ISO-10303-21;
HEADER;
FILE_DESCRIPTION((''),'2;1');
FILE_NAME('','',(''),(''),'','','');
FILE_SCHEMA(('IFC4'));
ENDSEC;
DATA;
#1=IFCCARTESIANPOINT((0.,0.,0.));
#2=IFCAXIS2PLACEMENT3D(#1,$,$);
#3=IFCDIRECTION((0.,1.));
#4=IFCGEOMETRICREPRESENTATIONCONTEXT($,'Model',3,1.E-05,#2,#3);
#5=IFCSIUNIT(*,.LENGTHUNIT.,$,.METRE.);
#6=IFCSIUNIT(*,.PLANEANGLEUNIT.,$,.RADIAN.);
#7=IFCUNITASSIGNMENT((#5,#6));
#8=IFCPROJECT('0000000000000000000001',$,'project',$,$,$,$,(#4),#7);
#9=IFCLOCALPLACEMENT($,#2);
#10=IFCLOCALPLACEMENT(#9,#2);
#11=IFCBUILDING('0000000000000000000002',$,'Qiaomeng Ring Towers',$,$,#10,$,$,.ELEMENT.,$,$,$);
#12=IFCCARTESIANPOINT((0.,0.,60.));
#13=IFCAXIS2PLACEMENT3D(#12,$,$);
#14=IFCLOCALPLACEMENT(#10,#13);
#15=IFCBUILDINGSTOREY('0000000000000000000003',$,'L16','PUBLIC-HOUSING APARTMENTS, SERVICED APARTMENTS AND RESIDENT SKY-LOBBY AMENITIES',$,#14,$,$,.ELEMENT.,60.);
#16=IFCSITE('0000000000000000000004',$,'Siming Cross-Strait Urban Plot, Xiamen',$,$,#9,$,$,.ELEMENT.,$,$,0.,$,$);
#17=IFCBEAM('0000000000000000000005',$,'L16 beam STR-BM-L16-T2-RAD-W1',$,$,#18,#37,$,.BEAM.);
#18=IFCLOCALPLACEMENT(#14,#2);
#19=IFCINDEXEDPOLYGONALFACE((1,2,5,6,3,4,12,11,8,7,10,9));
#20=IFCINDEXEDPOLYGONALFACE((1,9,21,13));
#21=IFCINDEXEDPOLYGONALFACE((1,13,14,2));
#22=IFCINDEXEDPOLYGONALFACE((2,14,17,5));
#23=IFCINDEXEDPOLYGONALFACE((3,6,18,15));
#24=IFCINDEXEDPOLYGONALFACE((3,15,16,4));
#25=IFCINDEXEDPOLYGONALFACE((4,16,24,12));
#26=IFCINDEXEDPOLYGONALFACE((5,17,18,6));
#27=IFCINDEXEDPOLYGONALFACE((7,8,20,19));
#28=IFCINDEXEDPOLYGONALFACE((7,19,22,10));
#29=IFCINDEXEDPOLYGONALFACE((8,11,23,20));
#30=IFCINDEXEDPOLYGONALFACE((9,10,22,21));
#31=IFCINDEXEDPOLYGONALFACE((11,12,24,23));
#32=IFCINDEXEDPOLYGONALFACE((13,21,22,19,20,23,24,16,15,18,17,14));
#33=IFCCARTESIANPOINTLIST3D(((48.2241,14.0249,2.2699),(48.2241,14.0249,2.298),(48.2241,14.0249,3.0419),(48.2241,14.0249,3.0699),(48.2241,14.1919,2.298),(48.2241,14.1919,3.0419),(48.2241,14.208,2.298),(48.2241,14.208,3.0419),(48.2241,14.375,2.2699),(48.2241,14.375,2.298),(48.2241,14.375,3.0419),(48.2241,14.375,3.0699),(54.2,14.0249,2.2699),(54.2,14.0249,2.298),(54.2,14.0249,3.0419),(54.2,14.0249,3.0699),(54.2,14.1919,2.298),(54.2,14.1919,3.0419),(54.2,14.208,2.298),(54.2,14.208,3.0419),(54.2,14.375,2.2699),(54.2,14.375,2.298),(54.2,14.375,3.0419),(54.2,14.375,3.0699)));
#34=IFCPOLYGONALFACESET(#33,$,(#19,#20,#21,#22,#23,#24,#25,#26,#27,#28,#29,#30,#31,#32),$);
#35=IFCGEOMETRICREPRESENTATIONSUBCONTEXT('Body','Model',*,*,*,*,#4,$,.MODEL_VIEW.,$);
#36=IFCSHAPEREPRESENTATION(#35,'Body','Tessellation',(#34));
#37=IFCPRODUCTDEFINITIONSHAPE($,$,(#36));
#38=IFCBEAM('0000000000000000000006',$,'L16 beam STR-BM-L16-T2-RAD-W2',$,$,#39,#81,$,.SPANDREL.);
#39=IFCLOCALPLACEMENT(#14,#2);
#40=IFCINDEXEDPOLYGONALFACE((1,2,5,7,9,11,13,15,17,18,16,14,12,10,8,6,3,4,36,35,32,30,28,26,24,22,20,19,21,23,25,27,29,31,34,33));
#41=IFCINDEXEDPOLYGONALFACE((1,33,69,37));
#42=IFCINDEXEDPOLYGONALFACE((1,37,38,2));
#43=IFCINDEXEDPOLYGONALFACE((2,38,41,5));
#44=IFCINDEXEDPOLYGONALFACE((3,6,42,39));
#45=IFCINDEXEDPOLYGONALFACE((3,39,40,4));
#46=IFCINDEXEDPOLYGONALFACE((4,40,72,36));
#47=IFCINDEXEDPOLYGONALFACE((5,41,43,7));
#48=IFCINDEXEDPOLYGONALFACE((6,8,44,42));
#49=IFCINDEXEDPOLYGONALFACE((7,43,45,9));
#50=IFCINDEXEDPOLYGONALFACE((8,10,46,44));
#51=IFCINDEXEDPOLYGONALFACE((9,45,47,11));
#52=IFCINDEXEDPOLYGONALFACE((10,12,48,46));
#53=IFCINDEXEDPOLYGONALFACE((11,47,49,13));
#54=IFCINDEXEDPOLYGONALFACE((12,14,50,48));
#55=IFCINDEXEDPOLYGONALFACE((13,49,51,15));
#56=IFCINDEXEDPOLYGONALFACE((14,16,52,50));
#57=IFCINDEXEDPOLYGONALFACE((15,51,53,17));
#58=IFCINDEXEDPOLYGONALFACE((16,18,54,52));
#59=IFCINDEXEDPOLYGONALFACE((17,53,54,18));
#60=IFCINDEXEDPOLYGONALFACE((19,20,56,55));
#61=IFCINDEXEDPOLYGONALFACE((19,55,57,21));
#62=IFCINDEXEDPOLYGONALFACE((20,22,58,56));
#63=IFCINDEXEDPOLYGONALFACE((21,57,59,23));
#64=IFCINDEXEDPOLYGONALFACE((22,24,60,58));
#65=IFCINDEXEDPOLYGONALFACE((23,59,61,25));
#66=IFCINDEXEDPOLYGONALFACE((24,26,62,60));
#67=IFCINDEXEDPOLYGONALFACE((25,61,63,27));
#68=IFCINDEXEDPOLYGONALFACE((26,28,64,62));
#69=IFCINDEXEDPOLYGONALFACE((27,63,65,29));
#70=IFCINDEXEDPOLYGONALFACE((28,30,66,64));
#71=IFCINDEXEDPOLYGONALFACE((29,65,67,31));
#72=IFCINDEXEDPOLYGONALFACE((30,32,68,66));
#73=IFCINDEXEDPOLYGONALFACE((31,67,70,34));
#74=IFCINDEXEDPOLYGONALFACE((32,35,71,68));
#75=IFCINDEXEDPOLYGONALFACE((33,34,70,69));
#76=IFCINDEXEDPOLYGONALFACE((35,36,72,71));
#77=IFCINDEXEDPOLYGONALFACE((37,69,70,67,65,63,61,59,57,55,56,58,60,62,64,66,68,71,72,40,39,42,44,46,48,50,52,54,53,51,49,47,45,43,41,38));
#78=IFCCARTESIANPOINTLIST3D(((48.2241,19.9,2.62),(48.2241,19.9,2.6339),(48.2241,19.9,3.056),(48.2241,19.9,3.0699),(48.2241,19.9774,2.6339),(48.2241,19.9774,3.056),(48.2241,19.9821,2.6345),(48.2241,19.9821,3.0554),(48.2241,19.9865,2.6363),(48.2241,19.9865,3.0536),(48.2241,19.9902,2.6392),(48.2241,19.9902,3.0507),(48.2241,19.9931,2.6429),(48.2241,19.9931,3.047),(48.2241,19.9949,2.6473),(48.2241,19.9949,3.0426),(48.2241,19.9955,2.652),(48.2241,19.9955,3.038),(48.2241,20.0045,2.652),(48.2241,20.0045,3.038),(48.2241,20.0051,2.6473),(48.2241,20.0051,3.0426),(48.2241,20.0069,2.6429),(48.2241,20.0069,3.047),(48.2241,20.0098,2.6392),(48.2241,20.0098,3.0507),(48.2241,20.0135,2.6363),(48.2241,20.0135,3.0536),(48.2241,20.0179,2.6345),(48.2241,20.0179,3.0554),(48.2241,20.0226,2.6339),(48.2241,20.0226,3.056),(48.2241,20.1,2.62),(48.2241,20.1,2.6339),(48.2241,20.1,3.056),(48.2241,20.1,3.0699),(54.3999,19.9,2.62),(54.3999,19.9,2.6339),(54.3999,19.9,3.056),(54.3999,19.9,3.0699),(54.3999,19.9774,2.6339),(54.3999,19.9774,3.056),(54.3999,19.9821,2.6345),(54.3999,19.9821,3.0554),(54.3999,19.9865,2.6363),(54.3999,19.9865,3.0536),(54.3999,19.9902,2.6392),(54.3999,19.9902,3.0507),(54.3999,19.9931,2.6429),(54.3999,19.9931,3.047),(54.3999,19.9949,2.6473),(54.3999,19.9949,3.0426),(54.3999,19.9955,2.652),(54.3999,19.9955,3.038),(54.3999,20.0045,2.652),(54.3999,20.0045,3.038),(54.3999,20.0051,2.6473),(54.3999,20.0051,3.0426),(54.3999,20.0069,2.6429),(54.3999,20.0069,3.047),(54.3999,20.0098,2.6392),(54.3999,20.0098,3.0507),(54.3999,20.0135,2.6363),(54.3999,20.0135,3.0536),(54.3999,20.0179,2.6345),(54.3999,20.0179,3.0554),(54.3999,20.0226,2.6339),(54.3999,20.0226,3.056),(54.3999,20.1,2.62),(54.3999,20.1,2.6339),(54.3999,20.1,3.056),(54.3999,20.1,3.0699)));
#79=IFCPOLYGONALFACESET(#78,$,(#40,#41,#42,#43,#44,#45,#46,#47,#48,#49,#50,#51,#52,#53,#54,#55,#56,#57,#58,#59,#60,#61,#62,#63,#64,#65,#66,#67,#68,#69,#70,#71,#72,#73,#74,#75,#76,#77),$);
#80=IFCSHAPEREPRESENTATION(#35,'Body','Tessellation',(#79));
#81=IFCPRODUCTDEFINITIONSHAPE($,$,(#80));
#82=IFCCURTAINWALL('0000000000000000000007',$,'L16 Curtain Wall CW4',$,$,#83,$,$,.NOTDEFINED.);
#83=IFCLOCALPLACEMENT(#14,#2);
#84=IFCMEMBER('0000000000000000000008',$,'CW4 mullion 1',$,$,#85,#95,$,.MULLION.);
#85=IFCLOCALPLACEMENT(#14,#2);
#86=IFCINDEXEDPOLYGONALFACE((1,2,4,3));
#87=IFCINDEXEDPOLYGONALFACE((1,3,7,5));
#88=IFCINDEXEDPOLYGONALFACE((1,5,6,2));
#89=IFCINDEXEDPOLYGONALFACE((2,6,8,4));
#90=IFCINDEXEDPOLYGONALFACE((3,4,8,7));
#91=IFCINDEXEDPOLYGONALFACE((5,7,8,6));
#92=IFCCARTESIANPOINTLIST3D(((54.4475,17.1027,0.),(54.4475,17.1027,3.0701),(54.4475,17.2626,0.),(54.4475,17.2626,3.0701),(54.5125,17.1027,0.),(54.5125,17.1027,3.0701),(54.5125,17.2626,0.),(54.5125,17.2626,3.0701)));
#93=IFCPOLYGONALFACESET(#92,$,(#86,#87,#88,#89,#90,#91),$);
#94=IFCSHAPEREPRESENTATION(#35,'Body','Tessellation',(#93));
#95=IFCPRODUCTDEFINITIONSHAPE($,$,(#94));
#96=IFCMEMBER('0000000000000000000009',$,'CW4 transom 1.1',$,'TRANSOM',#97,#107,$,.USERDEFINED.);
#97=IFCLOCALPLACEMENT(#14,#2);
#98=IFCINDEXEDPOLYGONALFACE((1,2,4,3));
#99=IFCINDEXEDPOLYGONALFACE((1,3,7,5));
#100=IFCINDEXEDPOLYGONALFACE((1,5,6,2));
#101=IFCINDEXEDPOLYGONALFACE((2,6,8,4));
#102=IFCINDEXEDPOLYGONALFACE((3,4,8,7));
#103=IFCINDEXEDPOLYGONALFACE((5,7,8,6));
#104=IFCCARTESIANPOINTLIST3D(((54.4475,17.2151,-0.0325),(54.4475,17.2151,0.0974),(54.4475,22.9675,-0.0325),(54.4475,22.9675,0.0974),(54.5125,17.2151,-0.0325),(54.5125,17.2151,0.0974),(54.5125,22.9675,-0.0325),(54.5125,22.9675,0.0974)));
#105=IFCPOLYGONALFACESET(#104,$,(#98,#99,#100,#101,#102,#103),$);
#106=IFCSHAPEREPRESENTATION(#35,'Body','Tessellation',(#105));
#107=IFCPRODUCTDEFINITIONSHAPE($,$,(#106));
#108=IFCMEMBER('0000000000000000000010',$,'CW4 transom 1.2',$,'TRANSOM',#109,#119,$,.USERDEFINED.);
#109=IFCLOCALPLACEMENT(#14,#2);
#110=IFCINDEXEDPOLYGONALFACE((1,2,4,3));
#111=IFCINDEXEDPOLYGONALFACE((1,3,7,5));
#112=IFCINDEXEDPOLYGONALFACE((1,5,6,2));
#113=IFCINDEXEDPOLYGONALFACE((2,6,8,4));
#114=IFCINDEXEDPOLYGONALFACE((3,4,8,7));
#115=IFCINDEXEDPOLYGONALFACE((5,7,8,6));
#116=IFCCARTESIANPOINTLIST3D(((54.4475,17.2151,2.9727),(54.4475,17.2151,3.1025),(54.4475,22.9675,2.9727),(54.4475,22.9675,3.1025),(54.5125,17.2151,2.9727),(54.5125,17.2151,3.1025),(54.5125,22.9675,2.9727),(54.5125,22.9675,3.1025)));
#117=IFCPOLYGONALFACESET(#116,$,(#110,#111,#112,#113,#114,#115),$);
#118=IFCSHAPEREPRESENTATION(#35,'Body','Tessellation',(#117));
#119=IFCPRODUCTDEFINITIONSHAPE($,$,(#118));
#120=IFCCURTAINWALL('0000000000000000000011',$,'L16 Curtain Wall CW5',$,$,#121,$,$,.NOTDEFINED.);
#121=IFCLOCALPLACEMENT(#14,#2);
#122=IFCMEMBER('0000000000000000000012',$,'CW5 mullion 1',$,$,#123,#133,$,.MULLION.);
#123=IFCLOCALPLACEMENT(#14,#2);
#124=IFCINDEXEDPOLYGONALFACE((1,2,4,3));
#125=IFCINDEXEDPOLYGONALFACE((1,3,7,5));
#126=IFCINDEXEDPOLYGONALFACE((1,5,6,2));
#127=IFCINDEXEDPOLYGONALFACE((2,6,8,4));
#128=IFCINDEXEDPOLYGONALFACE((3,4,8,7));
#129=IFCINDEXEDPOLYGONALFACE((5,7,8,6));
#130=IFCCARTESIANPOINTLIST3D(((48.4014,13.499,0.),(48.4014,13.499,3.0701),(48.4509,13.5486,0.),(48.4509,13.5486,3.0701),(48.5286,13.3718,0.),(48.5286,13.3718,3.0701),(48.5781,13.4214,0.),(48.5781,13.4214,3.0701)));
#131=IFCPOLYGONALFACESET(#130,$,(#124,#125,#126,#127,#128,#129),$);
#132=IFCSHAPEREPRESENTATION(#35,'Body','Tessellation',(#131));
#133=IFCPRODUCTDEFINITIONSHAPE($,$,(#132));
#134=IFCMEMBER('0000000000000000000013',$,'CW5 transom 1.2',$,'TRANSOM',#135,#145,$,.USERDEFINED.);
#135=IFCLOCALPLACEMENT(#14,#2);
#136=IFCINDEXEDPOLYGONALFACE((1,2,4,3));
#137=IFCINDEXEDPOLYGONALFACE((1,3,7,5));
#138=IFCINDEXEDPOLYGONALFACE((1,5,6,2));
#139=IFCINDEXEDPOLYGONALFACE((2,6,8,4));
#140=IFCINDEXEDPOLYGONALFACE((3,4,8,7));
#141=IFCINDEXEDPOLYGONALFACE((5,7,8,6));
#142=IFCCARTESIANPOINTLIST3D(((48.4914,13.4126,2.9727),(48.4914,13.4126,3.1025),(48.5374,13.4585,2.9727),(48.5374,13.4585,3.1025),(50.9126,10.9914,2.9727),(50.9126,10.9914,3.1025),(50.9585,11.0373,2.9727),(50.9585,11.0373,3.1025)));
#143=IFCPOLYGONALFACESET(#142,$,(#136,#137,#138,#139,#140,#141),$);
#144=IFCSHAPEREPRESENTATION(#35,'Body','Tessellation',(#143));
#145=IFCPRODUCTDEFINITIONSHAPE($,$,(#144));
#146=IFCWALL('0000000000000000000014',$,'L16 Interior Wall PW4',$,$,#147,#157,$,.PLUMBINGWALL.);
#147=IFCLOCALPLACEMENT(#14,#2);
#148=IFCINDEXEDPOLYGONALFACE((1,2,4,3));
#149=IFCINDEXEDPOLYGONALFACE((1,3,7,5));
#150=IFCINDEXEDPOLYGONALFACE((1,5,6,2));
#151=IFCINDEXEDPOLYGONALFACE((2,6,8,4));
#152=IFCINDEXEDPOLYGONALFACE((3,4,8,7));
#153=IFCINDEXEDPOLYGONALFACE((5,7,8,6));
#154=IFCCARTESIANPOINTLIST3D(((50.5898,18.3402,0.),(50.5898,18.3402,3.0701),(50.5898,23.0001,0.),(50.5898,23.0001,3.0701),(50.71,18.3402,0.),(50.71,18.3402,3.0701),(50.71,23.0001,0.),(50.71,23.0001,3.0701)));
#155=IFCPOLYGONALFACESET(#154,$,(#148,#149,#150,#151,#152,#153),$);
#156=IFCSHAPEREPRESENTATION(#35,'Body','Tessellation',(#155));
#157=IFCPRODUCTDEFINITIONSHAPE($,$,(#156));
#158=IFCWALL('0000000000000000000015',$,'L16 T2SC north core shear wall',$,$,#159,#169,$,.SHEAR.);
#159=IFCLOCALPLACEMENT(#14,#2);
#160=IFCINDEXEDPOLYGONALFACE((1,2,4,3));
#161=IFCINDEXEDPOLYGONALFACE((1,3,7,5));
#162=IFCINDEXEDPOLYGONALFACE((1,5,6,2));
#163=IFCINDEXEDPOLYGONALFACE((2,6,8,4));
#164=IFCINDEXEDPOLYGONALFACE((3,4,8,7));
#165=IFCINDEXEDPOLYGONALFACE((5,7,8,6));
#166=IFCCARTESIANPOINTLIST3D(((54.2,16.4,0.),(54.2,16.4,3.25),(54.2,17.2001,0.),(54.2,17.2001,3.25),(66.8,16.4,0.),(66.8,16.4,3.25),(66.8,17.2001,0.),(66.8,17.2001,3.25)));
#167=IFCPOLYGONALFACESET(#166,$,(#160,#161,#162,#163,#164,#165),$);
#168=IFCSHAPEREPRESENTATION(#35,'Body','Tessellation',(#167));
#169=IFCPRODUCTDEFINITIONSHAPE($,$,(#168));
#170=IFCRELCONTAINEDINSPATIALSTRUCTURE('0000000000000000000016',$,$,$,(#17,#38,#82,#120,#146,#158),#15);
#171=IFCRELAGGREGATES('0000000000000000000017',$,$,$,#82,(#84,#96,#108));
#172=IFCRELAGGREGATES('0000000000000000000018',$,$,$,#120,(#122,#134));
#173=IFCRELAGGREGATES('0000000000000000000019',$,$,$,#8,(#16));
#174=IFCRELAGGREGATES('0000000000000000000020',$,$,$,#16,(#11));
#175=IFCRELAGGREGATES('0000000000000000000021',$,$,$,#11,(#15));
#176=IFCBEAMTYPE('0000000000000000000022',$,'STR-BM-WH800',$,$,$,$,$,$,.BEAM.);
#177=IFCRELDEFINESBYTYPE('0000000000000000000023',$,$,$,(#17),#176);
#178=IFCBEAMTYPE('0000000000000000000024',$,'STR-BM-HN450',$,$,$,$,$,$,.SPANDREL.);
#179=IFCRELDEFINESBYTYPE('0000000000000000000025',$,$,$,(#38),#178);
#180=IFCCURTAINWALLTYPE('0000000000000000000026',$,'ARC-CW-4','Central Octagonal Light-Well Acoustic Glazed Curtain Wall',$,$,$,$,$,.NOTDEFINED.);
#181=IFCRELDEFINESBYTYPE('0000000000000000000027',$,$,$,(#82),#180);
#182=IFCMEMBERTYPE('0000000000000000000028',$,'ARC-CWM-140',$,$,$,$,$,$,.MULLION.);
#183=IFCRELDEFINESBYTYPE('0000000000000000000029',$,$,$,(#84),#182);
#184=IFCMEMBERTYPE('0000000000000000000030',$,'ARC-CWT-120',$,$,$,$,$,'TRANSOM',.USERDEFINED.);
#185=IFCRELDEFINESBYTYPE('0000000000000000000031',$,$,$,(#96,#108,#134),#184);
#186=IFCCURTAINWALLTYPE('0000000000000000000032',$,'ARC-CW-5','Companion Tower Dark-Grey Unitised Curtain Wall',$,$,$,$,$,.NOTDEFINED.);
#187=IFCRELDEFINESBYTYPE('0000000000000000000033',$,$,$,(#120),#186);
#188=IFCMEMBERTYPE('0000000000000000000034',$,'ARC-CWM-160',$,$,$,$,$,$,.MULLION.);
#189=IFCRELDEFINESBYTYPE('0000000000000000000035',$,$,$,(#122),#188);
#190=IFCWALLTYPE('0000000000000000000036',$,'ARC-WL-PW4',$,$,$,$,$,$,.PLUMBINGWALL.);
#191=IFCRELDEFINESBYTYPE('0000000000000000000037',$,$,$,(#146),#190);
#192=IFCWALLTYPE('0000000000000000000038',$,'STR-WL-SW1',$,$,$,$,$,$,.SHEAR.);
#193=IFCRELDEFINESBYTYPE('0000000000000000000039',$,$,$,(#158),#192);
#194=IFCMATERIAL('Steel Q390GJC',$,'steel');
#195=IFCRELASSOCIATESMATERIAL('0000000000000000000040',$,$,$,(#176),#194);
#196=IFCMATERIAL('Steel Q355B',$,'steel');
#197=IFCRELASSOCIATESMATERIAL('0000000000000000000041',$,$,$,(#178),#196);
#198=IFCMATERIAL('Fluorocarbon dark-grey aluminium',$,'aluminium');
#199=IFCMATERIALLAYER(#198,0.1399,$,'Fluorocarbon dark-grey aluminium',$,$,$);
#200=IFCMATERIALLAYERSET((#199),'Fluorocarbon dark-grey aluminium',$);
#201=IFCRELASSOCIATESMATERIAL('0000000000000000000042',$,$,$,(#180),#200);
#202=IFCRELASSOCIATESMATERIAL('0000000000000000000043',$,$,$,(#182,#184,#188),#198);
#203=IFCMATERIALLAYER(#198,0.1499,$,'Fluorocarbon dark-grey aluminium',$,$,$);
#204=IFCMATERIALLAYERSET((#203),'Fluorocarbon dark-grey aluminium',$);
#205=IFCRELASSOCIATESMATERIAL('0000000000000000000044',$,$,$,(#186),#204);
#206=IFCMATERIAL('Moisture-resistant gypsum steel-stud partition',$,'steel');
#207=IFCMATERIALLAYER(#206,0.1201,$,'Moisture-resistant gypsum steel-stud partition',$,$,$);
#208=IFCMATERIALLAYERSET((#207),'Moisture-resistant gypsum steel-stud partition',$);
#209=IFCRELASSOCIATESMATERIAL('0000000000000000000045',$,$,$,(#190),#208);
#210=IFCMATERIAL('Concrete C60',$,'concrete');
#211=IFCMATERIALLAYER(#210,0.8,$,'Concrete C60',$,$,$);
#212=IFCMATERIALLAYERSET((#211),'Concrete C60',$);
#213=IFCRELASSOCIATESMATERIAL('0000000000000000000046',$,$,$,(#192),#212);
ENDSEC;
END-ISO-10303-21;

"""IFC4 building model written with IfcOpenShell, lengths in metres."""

from ifc_helpers import new_model, si_unit, direction, frame, frame_2d, origin, origin_2d, place, context, subcontext, project, spatial, rectangle, i_section, extrude, source, transform, mapped, material, layer, layer_set, material_profile, profile_set, type_object, element, aggregate, save


model = new_model("IFC4")

# Units and contexts
model_context = context("Model", 3, precision=1e-05, world=origin(), true_north=direction((0.0, 1.0)))
body_context = subcontext(model_context, "Body", "Model", "MODEL_VIEW")
ifc_project = project(units=[si_unit("LENGTHUNIT", "METRE"), si_unit("PLANEANGLEUNIT", "RADIAN")], contexts=[model_context])

# Site, building, storey
site_placement = place(None, origin())
site = spatial("IfcSite", under=ifc_project, at=site_placement, Name="Siming Cross-Strait Urban Plot, Xiamen", CompositionType="ELEMENT", RefElevation=0.0)
building_placement = place(site_placement, origin())
building = spatial("IfcBuilding", under=site, at=building_placement, Name="Qiaomeng Ring Towers", CompositionType="ELEMENT")
storey_placement = place(building_placement, frame((0.0, 0.0, 60.0)))
storey = spatial("IfcBuildingStorey", under=building, at=storey_placement, Name="L16", Description="PUBLIC-HOUSING APARTMENTS, SERVICED APARTMENTS AND RESIDENT SKY-LOBBY AMENITIES", CompositionType="ELEMENT", Elevation=60.0)

# Shared definitions
ifc_material_1 = material(Name="Concrete C60", Category="concrete")

# Beams
ifc_material_2 = material(Name="Steel Q355B", Category="steel")
ifc_material_3 = material(Name="Steel Q390GJC", Category="steel")
ifc_material_profile_1 = material_profile(ifc_material_3, i_section(OverallWidth=0.3501, OverallDepth=0.8, WebThickness=0.0161, FlangeThickness=0.0281, at=origin_2d()), Name="WH 800x350x16x28")
ifc_profile_set_1 = profile_set([ifc_material_profile_1], Name="Steel Q390GJC")
beam_type_1 = type_object("IfcBeamType", Name="STR-BM-WH800", PredefinedType="BEAM", material=ifc_profile_set_1)
shared_shape_1 = source(origin(), body_context, "Body", "SweptSolid", [
    extrude(i_section(OverallWidth=0.3501, OverallDepth=0.8, WebThickness=0.0161, FlangeThickness=0.0281, at=origin_2d()), origin(), (0.0, 0.0, 1.0), 5.9758),
])
beam_1_placement = place(storey_placement, frame((48.2241, 14.2, 2.6699), z_axis=(1.0, 0.0, 0.0), x_axis=(0.0, 1.0, 0.0)))
element("IfcBeam", 1, at=beam_1_placement, inside=storey, type_object=beam_type_1, Name="L16 beam STR-BM-L16-T2-RAD-W1", PredefinedType="BEAM", context=body_context, shape_type="MappedRepresentation", body=[
    mapped(shared_shape_1, transform((0.0, 0.0, 0.0), x_axis=(1.0, 0.0, 0.0), y_axis=(0.0, 1.0, 0.0), z_axis=(0.0, 0.0, 1.0), scale=1.0)),
])
ifc_material_profile_2 = material_profile(ifc_material_2, i_section(OverallWidth=0.2, OverallDepth=0.45, WebThickness=0.009, FlangeThickness=0.0139, FilletRadius=0.0181, at=origin_2d()), Name="HN 450x200x9x14")
ifc_profile_set_2 = profile_set([ifc_material_profile_2], Name="Steel Q355B")
beam_type_2 = type_object("IfcBeamType", Name="STR-BM-HN450", PredefinedType="SPANDREL", material=ifc_profile_set_2)
shared_shape_2 = source(origin(), body_context, "Body", "SweptSolid", [
    extrude(i_section(OverallWidth=0.2, OverallDepth=0.45, WebThickness=0.009, FlangeThickness=0.0139, FilletRadius=0.0181, at=origin_2d()), origin(), (0.0, 0.0, 1.0), 6.1758),
])
beam_2_placement = place(storey_placement, frame((48.2241, 20.0, 2.845), z_axis=(1.0, 0.0, 0.0), x_axis=(0.0, 1.0, 0.0)))
element("IfcBeam", 2, at=beam_2_placement, inside=storey, type_object=beam_type_2, Name="L16 beam STR-BM-L16-T2-RAD-W2", PredefinedType="SPANDREL", context=body_context, shape_type="MappedRepresentation", body=[
    mapped(shared_shape_2, transform((0.0, 0.0, 0.0), x_axis=(1.0, 0.0, 0.0), y_axis=(0.0, 1.0, 0.0), z_axis=(0.0, 0.0, 1.0), scale=1.0)),
])

# Curtain walls, members
ifc_material_4 = material(Name="Fluorocarbon dark-grey aluminium", Category="aluminium")
ifc_layer_1 = layer(ifc_material_4, 0.1399, Name="Fluorocarbon dark-grey aluminium")
ifc_layer_set_1 = layer_set([ifc_layer_1], Name="Fluorocarbon dark-grey aluminium")
curtain_wall_type_1 = type_object("IfcCurtainWallType", Name="ARC-CW-4", Description="Central Octagonal Light-Well Acoustic Glazed Curtain Wall", PredefinedType="NOTDEFINED", material=ifc_layer_set_1)
curtain_wall_1_placement = place(storey_placement, origin())
curtain_wall_1 = element("IfcCurtainWall", 3, at=curtain_wall_1_placement, inside=storey, type_object=curtain_wall_type_1, Name="L16 Curtain Wall CW4", PredefinedType="NOTDEFINED")
ifc_material_profile_3 = material_profile(ifc_material_4, rectangle(XDim=0.0649, YDim=0.1599, at=origin_2d()), Name="ALU MULL 65x160")
ifc_profile_set_3 = profile_set([ifc_material_profile_3], Name="Fluorocarbon dark-grey aluminium")
member_type_1 = type_object("IfcMemberType", Name="ARC-CWM-140", PredefinedType="MULLION", material=ifc_profile_set_3)
shared_shape_3 = source(origin(), body_context, "Body", "SweptSolid", [
    extrude(rectangle(XDim=0.0649, YDim=0.1599, at=origin_2d()), origin(), (0.0, 0.0, 1.0), 3.0701),
])
member_1_placement = place(storey_placement, frame((54.48, 17.1826, 0.0), z_axis=(0.0, 0.0, 1.0), x_axis=(-1.0, 0.0, 0.0)))
member_1 = element("IfcMember", 4, at=member_1_placement, type_object=member_type_1, Name="CW4 mullion 1", PredefinedType="MULLION", context=body_context, shape_type="MappedRepresentation", body=[
    mapped(shared_shape_3, transform((0.0, 0.0, 0.0), x_axis=(1.0, 0.0, 0.0), y_axis=(0.0, 1.0, 0.0), z_axis=(0.0, 0.0, 1.0), scale=1.0)),
])
ifc_material_profile_4 = material_profile(ifc_material_4, rectangle(XDim=0.0649, YDim=0.1299, at=origin_2d()), Name="ALU TRAN 65x130")
ifc_profile_set_4 = profile_set([ifc_material_profile_4], Name="Fluorocarbon dark-grey aluminium")
member_type_2 = type_object("IfcMemberType", Name="ARC-CWT-120", ElementType="TRANSOM", PredefinedType="USERDEFINED", material=ifc_profile_set_4)
shared_shape_4 = source(origin(), body_context, "Body", "SweptSolid", [
    extrude(rectangle(XDim=0.0649, YDim=0.1299, at=origin_2d()), origin(), (0.0, 0.0, 1.0), 5.7524),
])
member_2_placement = place(storey_placement, frame((54.48, 17.2151, 0.0325), z_axis=(0.0, 1.0, 0.0), x_axis=(-1.0, 0.0, 0.0)))
member_2 = element("IfcMember", 5, at=member_2_placement, type_object=member_type_2, Name="CW4 transom 1.1", ObjectType="TRANSOM", PredefinedType="USERDEFINED", context=body_context, shape_type="MappedRepresentation", body=[
    mapped(shared_shape_4, transform((0.0, 0.0, 0.0), x_axis=(1.0, 0.0, 0.0), y_axis=(0.0, 1.0, 0.0), z_axis=(0.0, 0.0, 1.0), scale=1.0)),
])
member_3_placement = place(storey_placement, frame((54.48, 17.2151, 3.0376), z_axis=(0.0, 1.0, 0.0), x_axis=(-1.0, 0.0, 0.0)))
member_3 = element("IfcMember", 6, at=member_3_placement, type_object=member_type_2, Name="CW4 transom 1.2", ObjectType="TRANSOM", PredefinedType="USERDEFINED", context=body_context, shape_type="MappedRepresentation", body=[
    mapped(shared_shape_4, transform((0.0, 0.0, 0.0), x_axis=(1.0, 0.0, 0.0), y_axis=(0.0, 1.0, 0.0), z_axis=(0.0, 0.0, 1.0), scale=1.0)),
])
aggregate(curtain_wall_1, [member_1, member_2, member_3])
ifc_layer_2 = layer(ifc_material_4, 0.1499, Name="Fluorocarbon dark-grey aluminium")
ifc_layer_set_2 = layer_set([ifc_layer_2], Name="Fluorocarbon dark-grey aluminium")
curtain_wall_type_2 = type_object("IfcCurtainWallType", Name="ARC-CW-5", Description="Companion Tower Dark-Grey Unitised Curtain Wall", PredefinedType="NOTDEFINED", material=ifc_layer_set_2)
curtain_wall_2_placement = place(storey_placement, origin())
curtain_wall_2 = element("IfcCurtainWall", 7, at=curtain_wall_2_placement, inside=storey, type_object=curtain_wall_type_2, Name="L16 Curtain Wall CW5", PredefinedType="NOTDEFINED")
ifc_material_profile_5 = material_profile(ifc_material_4, rectangle(XDim=0.0701, YDim=0.1799, at=origin_2d()), Name="ALU MULL 70x180")
ifc_profile_set_5 = profile_set([ifc_material_profile_5], Name="Fluorocarbon dark-grey aluminium")
member_type_3 = type_object("IfcMemberType", Name="ARC-CWM-160", PredefinedType="MULLION", material=ifc_profile_set_5)
shared_shape_5 = source(origin(), body_context, "Body", "SweptSolid", [
    extrude(rectangle(XDim=0.0701, YDim=0.1799, at=origin_2d()), origin(), (0.0, 0.0, 1.0), 3.0701),
])
member_4_placement = place(storey_placement, frame((48.4897, 13.4602, 0.0), z_axis=(0.0, 0.0, 1.0), x_axis=(0.707107, 0.707107, 0.0)))
member_4 = element("IfcMember", 8, at=member_4_placement, type_object=member_type_3, Name="CW5 mullion 1", PredefinedType="MULLION", context=body_context, shape_type="MappedRepresentation", body=[
    mapped(shared_shape_5, transform((0.0, 0.0, 0.0), x_axis=(1.0, 0.0, 0.0), y_axis=(0.0, 1.0, 0.0), z_axis=(0.0, 0.0, 1.0), scale=1.0)),
])
shared_shape_6 = source(origin(), body_context, "Body", "SweptSolid", [
    extrude(rectangle(XDim=0.0649, YDim=0.1299, at=origin_2d()), origin(), (0.0, 0.0, 1.0), 3.4241),
])
member_5_placement = place(storey_placement, frame((48.5144, 13.4355, 3.0376), z_axis=(0.707107, -0.707107, 0.0), x_axis=(0.707107, 0.707107, 0.0)))
member_5 = element("IfcMember", 9, at=member_5_placement, type_object=member_type_2, Name="CW5 transom 1.2", ObjectType="TRANSOM", PredefinedType="USERDEFINED", context=body_context, shape_type="MappedRepresentation", body=[
    mapped(shared_shape_6, transform((0.0, 0.0, 0.0), x_axis=(1.0, 0.0, 0.0), y_axis=(0.0, 1.0, 0.0), z_axis=(0.0, 0.0, 1.0), scale=1.0)),
])
aggregate(curtain_wall_2, [member_4, member_5])

# Walls
ifc_material_5 = material(Name="Moisture-resistant gypsum steel-stud partition", Category="steel")
ifc_layer_3 = layer(ifc_material_5, 0.1201, Name="Moisture-resistant gypsum steel-stud partition")
ifc_layer_set_3 = layer_set([ifc_layer_3], Name="Moisture-resistant gypsum steel-stud partition")
wall_type_1 = type_object("IfcWallType", Name="ARC-WL-PW4", PredefinedType="PLUMBINGWALL", material=ifc_layer_set_3)
wall_1_placement = place(storey_placement, frame((50.6499, 18.3401, 0.0), z_axis=(0.0, 0.0, 1.0), x_axis=(0.0, 1.0, 0.0)))
element("IfcWall", 10, at=wall_1_placement, inside=storey, type_object=wall_type_1, Name="L16 Interior Wall PW4", PredefinedType="PLUMBINGWALL", context=body_context, shape_type="SweptSolid", body=[
    extrude(rectangle(XDim=4.6599, YDim=0.1201, at=frame_2d((2.3301, 0.0))), origin(), (0.0, 0.0, 1.0), 3.0701),
])
ifc_layer_4 = layer(ifc_material_1, 0.8, Name="Concrete C60")
ifc_layer_set_4 = layer_set([ifc_layer_4], Name="Concrete C60")
wall_type_2 = type_object("IfcWallType", Name="STR-WL-SW1", PredefinedType="SHEAR", material=ifc_layer_set_4)
wall_2_placement = place(storey_placement, frame((54.2, 16.8, 0.0), z_axis=(0.0, 0.0, 1.0), x_axis=(1.0, 0.0, 0.0)))
element("IfcWall", 11, at=wall_2_placement, inside=storey, type_object=wall_type_2, Name="L16 T2SC north core shear wall", PredefinedType="SHEAR", context=body_context, shape_type="SweptSolid", body=[
    extrude(rectangle(XDim=12.6001, YDim=0.8, at=frame_2d((6.3, 0.0))), origin(), (0.0, 0.0, 1.0), 3.25),
])

save(model, "model.ifc")
